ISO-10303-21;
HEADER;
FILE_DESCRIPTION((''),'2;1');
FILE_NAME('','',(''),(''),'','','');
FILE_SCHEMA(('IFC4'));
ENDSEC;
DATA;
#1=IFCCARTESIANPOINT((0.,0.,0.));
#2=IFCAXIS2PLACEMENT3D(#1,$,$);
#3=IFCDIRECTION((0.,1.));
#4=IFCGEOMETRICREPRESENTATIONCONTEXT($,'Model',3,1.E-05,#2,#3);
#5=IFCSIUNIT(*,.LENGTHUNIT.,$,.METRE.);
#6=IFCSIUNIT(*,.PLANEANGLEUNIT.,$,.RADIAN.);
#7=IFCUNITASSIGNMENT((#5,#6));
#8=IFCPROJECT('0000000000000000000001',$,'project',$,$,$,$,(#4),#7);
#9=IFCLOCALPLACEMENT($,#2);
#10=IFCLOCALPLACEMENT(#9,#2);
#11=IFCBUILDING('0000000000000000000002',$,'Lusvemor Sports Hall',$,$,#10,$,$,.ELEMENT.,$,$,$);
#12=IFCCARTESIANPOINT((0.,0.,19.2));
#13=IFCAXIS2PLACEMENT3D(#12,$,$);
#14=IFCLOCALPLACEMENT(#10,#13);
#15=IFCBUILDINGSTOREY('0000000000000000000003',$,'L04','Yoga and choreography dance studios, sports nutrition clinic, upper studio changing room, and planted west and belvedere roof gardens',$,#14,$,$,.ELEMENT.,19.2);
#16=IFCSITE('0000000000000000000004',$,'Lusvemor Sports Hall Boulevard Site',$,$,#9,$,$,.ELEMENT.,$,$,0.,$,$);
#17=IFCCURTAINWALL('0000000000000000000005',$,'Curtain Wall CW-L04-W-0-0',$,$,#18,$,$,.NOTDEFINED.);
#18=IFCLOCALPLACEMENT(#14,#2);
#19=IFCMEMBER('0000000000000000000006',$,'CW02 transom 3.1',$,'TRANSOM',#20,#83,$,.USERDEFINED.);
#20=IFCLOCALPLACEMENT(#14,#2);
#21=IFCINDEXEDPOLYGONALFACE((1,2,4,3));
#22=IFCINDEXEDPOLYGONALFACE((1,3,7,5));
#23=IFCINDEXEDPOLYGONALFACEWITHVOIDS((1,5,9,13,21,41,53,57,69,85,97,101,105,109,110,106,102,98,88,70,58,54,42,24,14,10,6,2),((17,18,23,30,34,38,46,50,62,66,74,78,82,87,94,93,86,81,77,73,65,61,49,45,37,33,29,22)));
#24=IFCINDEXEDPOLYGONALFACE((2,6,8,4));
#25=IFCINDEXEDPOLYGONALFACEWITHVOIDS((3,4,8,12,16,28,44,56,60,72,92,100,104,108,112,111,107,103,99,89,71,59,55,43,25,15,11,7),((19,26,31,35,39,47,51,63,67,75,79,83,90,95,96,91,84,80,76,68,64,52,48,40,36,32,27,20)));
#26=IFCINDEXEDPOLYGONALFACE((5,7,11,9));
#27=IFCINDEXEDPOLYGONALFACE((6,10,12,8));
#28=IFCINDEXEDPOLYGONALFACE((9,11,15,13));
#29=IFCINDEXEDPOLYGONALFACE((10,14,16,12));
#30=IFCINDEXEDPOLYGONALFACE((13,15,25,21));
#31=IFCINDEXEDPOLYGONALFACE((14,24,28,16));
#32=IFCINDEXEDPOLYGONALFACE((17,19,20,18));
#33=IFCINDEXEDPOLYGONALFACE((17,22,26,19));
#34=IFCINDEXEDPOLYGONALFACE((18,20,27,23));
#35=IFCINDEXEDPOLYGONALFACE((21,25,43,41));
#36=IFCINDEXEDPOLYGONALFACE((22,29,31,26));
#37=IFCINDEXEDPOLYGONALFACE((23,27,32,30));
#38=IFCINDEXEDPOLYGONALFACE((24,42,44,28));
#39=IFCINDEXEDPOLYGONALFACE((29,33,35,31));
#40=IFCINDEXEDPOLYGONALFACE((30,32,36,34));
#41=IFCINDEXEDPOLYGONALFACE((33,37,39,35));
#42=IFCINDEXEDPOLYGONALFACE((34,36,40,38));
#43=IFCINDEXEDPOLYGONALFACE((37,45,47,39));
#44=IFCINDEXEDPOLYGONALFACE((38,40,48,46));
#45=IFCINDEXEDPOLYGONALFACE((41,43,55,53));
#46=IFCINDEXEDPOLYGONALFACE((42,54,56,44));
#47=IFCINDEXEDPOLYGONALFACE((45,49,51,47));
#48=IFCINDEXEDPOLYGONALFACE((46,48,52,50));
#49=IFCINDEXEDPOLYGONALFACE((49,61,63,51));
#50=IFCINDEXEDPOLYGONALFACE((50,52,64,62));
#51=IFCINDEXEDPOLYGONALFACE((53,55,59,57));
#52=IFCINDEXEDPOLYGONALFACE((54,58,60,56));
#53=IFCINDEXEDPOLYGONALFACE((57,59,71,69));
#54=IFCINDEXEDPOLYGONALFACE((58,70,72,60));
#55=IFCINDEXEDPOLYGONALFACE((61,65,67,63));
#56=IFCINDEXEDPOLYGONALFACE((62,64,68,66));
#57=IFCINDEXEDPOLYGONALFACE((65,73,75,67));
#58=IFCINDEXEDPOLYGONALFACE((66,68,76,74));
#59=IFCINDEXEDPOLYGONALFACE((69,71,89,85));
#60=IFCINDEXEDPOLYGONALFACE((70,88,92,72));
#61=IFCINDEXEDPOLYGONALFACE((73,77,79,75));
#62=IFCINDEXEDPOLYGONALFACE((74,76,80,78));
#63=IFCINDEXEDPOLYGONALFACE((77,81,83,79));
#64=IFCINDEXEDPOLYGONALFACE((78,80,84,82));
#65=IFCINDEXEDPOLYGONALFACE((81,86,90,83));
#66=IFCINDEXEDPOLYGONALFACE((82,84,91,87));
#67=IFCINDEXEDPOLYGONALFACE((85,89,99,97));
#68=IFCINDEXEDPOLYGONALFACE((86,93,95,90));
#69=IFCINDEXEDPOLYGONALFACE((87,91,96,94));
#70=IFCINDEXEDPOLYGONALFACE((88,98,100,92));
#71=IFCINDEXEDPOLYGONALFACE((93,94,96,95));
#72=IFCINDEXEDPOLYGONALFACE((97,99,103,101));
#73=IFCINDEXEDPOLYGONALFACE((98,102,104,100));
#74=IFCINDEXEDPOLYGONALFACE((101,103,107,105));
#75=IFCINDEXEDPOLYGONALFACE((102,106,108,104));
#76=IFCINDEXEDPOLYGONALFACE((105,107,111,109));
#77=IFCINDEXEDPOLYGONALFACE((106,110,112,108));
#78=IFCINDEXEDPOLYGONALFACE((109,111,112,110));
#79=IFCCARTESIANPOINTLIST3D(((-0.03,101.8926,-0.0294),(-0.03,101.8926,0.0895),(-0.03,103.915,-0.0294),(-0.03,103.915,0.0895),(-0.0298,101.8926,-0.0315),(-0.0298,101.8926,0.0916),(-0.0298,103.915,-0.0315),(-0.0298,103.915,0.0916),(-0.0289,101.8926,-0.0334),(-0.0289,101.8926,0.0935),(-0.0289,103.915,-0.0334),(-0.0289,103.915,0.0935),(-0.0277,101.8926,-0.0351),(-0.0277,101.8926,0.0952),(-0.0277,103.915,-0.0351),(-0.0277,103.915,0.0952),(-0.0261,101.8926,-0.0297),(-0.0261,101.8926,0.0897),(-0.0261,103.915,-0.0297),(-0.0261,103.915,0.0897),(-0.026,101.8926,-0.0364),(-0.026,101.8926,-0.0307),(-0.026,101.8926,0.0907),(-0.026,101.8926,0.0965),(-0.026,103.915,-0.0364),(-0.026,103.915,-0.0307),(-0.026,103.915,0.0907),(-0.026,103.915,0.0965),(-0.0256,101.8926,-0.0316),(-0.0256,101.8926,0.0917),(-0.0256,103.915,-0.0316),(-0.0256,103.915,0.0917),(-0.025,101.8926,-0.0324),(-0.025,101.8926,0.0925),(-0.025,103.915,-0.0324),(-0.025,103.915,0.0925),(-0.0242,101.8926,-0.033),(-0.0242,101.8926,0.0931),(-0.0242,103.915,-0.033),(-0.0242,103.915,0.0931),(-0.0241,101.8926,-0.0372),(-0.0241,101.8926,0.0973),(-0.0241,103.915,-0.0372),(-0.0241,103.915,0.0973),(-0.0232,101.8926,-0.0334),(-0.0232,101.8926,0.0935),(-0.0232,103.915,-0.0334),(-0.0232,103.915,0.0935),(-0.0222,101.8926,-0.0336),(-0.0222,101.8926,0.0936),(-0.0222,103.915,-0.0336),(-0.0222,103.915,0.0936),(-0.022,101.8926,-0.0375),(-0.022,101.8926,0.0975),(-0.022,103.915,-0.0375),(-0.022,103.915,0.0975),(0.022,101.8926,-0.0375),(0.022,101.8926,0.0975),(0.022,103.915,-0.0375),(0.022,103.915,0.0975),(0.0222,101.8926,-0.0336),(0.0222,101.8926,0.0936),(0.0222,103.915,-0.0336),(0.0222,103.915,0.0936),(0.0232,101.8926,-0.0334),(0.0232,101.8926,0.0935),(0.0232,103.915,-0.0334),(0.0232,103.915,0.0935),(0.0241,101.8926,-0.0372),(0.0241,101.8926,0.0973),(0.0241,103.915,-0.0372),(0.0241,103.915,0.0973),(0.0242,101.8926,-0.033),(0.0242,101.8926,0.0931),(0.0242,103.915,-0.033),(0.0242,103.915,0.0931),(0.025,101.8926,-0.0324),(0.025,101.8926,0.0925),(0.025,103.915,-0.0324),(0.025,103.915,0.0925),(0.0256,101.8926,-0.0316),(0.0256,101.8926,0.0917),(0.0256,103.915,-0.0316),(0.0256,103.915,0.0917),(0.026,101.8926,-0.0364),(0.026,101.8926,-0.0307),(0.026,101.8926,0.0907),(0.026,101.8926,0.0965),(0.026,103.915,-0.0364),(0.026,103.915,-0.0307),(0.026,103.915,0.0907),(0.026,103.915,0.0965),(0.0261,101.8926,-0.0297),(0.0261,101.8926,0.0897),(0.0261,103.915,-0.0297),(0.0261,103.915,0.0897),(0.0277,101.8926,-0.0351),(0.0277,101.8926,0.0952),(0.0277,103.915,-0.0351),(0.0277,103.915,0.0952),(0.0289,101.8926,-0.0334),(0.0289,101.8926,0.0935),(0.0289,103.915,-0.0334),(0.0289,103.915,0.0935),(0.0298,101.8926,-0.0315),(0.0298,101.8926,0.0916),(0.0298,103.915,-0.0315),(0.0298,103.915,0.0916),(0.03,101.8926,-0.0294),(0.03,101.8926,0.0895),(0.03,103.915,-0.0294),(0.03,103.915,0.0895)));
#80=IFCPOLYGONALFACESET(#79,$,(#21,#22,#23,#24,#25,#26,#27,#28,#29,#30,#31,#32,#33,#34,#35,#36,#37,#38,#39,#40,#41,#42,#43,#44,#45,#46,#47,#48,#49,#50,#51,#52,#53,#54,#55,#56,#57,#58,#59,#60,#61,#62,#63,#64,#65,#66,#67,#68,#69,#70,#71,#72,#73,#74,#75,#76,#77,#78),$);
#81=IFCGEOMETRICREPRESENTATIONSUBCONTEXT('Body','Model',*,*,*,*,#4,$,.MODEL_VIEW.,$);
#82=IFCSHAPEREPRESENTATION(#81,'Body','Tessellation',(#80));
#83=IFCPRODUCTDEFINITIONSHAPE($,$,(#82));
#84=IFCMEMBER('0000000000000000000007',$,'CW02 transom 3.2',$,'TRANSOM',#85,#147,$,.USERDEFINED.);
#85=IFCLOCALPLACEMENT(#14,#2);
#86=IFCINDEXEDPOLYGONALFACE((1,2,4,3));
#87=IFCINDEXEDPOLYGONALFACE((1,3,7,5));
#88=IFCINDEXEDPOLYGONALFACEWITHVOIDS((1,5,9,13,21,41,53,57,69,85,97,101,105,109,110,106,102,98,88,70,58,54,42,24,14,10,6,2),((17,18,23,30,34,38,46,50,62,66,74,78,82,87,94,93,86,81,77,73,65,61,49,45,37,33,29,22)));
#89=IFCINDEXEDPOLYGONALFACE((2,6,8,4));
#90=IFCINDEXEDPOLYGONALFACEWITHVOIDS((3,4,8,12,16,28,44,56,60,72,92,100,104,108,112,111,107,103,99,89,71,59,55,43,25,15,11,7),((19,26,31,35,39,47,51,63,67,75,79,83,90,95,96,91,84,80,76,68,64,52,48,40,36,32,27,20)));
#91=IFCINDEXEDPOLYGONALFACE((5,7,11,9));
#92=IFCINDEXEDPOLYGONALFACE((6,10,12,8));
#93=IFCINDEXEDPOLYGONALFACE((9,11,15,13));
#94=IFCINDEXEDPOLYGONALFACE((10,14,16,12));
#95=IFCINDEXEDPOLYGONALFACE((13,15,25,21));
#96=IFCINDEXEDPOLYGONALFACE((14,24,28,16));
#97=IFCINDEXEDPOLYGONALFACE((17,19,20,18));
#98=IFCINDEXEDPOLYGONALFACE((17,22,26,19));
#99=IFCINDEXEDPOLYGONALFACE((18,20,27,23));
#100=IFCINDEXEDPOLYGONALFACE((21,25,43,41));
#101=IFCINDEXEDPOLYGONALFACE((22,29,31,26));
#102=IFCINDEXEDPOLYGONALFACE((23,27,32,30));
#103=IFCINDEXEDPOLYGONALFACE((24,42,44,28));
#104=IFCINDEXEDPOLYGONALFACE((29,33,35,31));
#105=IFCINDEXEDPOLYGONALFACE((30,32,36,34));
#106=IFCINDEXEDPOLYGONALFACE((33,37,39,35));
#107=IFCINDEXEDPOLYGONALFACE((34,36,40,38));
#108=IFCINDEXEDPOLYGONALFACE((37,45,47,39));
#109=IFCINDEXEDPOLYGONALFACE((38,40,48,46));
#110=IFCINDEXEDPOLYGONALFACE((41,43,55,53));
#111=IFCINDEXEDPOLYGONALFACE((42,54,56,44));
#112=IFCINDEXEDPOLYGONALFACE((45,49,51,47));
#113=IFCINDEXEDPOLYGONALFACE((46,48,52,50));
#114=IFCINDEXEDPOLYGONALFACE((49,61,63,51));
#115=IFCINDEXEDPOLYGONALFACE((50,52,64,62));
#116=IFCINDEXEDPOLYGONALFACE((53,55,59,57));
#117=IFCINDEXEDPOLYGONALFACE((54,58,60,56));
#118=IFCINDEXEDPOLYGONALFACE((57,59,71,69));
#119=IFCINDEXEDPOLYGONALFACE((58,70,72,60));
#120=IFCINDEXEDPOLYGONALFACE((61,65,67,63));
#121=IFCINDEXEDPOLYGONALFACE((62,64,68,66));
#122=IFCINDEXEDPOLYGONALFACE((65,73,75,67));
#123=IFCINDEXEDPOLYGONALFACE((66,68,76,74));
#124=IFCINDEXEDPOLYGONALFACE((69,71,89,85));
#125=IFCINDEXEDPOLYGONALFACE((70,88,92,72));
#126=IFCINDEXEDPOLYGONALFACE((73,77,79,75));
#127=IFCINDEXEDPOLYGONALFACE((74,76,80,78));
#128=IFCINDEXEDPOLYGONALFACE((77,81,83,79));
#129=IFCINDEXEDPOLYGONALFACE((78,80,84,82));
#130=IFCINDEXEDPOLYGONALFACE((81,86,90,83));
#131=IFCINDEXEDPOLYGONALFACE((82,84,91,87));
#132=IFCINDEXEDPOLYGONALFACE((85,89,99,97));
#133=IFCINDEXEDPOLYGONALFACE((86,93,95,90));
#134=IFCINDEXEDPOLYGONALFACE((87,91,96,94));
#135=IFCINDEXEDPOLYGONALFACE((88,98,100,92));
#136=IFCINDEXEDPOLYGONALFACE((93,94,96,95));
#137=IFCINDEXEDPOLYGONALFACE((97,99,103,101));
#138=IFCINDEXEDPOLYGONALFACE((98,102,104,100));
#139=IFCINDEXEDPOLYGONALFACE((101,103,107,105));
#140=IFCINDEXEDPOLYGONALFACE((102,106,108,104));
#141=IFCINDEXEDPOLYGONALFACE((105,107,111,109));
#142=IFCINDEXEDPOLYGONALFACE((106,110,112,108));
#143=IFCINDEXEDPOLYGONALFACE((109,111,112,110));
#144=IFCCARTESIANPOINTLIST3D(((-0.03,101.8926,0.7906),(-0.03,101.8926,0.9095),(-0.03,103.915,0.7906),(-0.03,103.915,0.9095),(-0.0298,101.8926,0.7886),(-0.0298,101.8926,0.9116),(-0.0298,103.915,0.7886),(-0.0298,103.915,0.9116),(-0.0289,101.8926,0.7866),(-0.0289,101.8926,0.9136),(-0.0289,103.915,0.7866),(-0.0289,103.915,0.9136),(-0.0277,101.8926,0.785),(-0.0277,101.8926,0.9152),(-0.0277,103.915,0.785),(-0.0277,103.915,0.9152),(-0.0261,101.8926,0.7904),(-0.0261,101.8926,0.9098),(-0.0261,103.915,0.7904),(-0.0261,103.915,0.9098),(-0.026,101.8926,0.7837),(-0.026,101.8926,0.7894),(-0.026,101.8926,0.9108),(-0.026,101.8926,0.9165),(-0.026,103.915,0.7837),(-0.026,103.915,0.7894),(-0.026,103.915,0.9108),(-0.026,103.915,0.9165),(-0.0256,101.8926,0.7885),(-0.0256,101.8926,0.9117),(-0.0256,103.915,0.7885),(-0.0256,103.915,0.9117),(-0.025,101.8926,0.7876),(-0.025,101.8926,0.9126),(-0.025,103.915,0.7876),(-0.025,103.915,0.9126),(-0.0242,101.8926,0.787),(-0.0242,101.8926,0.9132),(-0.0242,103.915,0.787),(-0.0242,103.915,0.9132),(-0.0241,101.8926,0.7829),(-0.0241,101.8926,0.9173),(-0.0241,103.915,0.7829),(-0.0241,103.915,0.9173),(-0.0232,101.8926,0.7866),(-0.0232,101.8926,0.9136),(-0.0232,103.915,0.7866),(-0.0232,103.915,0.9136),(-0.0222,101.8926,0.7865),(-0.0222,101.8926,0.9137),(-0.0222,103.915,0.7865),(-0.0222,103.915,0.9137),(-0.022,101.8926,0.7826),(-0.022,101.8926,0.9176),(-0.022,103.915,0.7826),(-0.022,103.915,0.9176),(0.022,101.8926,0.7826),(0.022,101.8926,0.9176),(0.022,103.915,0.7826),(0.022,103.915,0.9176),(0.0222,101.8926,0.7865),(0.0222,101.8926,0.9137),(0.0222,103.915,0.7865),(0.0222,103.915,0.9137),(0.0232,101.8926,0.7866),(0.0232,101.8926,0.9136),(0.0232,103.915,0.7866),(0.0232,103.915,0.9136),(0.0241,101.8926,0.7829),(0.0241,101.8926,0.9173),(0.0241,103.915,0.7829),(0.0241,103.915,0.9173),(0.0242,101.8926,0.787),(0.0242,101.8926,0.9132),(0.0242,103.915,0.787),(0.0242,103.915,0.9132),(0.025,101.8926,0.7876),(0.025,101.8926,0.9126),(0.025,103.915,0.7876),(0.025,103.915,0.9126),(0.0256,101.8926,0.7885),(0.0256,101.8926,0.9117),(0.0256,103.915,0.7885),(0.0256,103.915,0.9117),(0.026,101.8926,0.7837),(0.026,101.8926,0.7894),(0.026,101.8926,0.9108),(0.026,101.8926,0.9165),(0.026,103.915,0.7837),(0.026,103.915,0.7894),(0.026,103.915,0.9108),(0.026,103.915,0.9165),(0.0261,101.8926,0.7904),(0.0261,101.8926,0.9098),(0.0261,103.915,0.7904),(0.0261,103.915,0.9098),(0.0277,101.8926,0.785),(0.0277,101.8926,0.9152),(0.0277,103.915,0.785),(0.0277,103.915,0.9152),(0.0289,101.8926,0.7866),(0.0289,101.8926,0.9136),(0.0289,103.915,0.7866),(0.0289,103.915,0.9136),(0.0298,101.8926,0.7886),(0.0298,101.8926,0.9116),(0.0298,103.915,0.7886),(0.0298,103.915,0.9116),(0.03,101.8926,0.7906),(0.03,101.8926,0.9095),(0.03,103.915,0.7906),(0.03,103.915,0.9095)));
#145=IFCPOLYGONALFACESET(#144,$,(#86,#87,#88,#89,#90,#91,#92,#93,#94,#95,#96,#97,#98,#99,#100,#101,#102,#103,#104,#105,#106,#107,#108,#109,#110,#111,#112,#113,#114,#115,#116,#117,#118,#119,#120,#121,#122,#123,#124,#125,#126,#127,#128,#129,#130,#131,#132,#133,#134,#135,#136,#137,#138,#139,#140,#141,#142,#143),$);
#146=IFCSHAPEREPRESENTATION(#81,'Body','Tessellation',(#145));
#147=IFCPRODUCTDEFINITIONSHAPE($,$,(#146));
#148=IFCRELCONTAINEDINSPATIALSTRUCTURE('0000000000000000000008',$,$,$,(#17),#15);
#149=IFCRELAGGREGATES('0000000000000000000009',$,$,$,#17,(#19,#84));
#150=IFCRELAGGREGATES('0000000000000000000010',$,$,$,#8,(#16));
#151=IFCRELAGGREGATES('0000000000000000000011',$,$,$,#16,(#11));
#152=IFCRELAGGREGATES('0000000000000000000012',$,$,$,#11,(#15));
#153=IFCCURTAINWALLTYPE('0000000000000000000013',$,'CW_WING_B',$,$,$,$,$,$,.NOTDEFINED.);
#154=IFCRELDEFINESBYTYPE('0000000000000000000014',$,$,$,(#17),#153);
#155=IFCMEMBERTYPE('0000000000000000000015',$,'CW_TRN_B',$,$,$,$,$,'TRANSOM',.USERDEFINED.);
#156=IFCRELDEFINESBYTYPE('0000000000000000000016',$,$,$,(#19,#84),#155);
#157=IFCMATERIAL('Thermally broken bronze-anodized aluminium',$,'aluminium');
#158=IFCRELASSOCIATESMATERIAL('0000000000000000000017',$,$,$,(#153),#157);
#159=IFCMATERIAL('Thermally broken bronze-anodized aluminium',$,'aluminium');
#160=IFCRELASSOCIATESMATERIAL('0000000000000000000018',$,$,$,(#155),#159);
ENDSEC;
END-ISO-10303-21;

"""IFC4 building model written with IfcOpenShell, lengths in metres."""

from ifc_helpers import new_model, si_unit, direction, frame, origin, origin_2d, place, context, subcontext, project, spatial, hollow_rectangle, extrude, material, material_profile, profile_set, type_object, element, aggregate, save


model = new_model("IFC4")

# Units and contexts
model_context = context("Model", 3, precision=1e-05, world=origin(), true_north=direction((0.0, 1.0)))
body_context = subcontext(model_context, "Body", "Model", "MODEL_VIEW")
ifc_project = project(units=[si_unit("LENGTHUNIT", "METRE"), si_unit("PLANEANGLEUNIT", "RADIAN")], contexts=[model_context])

# Site, building, storey
site_placement = place(None, origin())
site = spatial("IfcSite", under=ifc_project, at=site_placement, Name="Lusvemor Sports Hall Boulevard Site", CompositionType="ELEMENT", RefElevation=0.0)
building_placement = place(site_placement, origin())
building = spatial("IfcBuilding", under=site, at=building_placement, Name="Lusvemor Sports Hall", CompositionType="ELEMENT")
storey_placement = place(building_placement, frame((0.0, 0.0, 19.2)))
storey = spatial("IfcBuildingStorey", under=building, at=storey_placement, Name="L04", Description="Yoga and choreography dance studios, sports nutrition clinic, upper studio changing room, and planted west and belvedere roof gardens", CompositionType="ELEMENT", Elevation=19.2)

# Curtain wall, members
ifc_material_1 = material(Name="Thermally broken bronze-anodized aluminium", Category="aluminium")
curtain_wall_type = type_object("IfcCurtainWallType", Name="CW_WING_B", PredefinedType="NOTDEFINED", material=ifc_material_1)
curtain_wall_placement = place(storey_placement, origin())
curtain_wall = element("IfcCurtainWall", 1, at=curtain_wall_placement, inside=storey, type_object=curtain_wall_type, Name="Curtain Wall CW-L04-W-0-0", PredefinedType="NOTDEFINED")
ifc_material_2 = material(Name="Thermally broken bronze-anodized aluminium", Category="aluminium")
ifc_material_profile_1 = material_profile(ifc_material_2, hollow_rectangle(XDim=0.0601, YDim=0.135, WallThickness=0.0039, InnerFilletRadius=0.0039, OuterFilletRadius=0.0081, at=origin_2d()), Name="CWTRN135x60x4")
ifc_profile_set_1 = profile_set([ifc_material_profile_1], Name="Thermally broken bronze-anodized aluminium")
member_type_1 = type_object("IfcMemberType", Name="CW_TRN_B", ElementType="TRANSOM", PredefinedType="USERDEFINED", material=ifc_profile_set_1)
member_1_placement = place(storey_placement, frame((0.0, 101.8926, 0.03), z_axis=(0.0, 1.0, 0.0), x_axis=(-1.0, 0.0, 0.0)))
member_1 = element("IfcMember", 2, at=member_1_placement, type_object=member_type_1, Name="CW02 transom 3.1", ObjectType="TRANSOM", PredefinedType="USERDEFINED", context=body_context, shape_type="SweptSolid", body=[
    extrude(hollow_rectangle(XDim=0.0601, YDim=0.135, WallThickness=0.0039, InnerFilletRadius=0.0039, OuterFilletRadius=0.0081, at=origin_2d()), origin(), (0.0, 0.0, 1.0), 2.0225),
])
member_2_placement = place(storey_placement, frame((0.0, 101.8926, 0.8501), z_axis=(0.0, 1.0, 0.0), x_axis=(-1.0, 0.0, 0.0)))
member_2 = element("IfcMember", 3, at=member_2_placement, type_object=member_type_1, Name="CW02 transom 3.2", ObjectType="TRANSOM", PredefinedType="USERDEFINED", context=body_context, shape_type="SweptSolid", body=[
    extrude(hollow_rectangle(XDim=0.0601, YDim=0.135, WallThickness=0.0039, InnerFilletRadius=0.0039, OuterFilletRadius=0.0081, at=origin_2d()), origin(), (0.0, 0.0, 1.0), 2.0225),
])

aggregate(curtain_wall, [member_1, member_2])

save(model, "model.ifc")
